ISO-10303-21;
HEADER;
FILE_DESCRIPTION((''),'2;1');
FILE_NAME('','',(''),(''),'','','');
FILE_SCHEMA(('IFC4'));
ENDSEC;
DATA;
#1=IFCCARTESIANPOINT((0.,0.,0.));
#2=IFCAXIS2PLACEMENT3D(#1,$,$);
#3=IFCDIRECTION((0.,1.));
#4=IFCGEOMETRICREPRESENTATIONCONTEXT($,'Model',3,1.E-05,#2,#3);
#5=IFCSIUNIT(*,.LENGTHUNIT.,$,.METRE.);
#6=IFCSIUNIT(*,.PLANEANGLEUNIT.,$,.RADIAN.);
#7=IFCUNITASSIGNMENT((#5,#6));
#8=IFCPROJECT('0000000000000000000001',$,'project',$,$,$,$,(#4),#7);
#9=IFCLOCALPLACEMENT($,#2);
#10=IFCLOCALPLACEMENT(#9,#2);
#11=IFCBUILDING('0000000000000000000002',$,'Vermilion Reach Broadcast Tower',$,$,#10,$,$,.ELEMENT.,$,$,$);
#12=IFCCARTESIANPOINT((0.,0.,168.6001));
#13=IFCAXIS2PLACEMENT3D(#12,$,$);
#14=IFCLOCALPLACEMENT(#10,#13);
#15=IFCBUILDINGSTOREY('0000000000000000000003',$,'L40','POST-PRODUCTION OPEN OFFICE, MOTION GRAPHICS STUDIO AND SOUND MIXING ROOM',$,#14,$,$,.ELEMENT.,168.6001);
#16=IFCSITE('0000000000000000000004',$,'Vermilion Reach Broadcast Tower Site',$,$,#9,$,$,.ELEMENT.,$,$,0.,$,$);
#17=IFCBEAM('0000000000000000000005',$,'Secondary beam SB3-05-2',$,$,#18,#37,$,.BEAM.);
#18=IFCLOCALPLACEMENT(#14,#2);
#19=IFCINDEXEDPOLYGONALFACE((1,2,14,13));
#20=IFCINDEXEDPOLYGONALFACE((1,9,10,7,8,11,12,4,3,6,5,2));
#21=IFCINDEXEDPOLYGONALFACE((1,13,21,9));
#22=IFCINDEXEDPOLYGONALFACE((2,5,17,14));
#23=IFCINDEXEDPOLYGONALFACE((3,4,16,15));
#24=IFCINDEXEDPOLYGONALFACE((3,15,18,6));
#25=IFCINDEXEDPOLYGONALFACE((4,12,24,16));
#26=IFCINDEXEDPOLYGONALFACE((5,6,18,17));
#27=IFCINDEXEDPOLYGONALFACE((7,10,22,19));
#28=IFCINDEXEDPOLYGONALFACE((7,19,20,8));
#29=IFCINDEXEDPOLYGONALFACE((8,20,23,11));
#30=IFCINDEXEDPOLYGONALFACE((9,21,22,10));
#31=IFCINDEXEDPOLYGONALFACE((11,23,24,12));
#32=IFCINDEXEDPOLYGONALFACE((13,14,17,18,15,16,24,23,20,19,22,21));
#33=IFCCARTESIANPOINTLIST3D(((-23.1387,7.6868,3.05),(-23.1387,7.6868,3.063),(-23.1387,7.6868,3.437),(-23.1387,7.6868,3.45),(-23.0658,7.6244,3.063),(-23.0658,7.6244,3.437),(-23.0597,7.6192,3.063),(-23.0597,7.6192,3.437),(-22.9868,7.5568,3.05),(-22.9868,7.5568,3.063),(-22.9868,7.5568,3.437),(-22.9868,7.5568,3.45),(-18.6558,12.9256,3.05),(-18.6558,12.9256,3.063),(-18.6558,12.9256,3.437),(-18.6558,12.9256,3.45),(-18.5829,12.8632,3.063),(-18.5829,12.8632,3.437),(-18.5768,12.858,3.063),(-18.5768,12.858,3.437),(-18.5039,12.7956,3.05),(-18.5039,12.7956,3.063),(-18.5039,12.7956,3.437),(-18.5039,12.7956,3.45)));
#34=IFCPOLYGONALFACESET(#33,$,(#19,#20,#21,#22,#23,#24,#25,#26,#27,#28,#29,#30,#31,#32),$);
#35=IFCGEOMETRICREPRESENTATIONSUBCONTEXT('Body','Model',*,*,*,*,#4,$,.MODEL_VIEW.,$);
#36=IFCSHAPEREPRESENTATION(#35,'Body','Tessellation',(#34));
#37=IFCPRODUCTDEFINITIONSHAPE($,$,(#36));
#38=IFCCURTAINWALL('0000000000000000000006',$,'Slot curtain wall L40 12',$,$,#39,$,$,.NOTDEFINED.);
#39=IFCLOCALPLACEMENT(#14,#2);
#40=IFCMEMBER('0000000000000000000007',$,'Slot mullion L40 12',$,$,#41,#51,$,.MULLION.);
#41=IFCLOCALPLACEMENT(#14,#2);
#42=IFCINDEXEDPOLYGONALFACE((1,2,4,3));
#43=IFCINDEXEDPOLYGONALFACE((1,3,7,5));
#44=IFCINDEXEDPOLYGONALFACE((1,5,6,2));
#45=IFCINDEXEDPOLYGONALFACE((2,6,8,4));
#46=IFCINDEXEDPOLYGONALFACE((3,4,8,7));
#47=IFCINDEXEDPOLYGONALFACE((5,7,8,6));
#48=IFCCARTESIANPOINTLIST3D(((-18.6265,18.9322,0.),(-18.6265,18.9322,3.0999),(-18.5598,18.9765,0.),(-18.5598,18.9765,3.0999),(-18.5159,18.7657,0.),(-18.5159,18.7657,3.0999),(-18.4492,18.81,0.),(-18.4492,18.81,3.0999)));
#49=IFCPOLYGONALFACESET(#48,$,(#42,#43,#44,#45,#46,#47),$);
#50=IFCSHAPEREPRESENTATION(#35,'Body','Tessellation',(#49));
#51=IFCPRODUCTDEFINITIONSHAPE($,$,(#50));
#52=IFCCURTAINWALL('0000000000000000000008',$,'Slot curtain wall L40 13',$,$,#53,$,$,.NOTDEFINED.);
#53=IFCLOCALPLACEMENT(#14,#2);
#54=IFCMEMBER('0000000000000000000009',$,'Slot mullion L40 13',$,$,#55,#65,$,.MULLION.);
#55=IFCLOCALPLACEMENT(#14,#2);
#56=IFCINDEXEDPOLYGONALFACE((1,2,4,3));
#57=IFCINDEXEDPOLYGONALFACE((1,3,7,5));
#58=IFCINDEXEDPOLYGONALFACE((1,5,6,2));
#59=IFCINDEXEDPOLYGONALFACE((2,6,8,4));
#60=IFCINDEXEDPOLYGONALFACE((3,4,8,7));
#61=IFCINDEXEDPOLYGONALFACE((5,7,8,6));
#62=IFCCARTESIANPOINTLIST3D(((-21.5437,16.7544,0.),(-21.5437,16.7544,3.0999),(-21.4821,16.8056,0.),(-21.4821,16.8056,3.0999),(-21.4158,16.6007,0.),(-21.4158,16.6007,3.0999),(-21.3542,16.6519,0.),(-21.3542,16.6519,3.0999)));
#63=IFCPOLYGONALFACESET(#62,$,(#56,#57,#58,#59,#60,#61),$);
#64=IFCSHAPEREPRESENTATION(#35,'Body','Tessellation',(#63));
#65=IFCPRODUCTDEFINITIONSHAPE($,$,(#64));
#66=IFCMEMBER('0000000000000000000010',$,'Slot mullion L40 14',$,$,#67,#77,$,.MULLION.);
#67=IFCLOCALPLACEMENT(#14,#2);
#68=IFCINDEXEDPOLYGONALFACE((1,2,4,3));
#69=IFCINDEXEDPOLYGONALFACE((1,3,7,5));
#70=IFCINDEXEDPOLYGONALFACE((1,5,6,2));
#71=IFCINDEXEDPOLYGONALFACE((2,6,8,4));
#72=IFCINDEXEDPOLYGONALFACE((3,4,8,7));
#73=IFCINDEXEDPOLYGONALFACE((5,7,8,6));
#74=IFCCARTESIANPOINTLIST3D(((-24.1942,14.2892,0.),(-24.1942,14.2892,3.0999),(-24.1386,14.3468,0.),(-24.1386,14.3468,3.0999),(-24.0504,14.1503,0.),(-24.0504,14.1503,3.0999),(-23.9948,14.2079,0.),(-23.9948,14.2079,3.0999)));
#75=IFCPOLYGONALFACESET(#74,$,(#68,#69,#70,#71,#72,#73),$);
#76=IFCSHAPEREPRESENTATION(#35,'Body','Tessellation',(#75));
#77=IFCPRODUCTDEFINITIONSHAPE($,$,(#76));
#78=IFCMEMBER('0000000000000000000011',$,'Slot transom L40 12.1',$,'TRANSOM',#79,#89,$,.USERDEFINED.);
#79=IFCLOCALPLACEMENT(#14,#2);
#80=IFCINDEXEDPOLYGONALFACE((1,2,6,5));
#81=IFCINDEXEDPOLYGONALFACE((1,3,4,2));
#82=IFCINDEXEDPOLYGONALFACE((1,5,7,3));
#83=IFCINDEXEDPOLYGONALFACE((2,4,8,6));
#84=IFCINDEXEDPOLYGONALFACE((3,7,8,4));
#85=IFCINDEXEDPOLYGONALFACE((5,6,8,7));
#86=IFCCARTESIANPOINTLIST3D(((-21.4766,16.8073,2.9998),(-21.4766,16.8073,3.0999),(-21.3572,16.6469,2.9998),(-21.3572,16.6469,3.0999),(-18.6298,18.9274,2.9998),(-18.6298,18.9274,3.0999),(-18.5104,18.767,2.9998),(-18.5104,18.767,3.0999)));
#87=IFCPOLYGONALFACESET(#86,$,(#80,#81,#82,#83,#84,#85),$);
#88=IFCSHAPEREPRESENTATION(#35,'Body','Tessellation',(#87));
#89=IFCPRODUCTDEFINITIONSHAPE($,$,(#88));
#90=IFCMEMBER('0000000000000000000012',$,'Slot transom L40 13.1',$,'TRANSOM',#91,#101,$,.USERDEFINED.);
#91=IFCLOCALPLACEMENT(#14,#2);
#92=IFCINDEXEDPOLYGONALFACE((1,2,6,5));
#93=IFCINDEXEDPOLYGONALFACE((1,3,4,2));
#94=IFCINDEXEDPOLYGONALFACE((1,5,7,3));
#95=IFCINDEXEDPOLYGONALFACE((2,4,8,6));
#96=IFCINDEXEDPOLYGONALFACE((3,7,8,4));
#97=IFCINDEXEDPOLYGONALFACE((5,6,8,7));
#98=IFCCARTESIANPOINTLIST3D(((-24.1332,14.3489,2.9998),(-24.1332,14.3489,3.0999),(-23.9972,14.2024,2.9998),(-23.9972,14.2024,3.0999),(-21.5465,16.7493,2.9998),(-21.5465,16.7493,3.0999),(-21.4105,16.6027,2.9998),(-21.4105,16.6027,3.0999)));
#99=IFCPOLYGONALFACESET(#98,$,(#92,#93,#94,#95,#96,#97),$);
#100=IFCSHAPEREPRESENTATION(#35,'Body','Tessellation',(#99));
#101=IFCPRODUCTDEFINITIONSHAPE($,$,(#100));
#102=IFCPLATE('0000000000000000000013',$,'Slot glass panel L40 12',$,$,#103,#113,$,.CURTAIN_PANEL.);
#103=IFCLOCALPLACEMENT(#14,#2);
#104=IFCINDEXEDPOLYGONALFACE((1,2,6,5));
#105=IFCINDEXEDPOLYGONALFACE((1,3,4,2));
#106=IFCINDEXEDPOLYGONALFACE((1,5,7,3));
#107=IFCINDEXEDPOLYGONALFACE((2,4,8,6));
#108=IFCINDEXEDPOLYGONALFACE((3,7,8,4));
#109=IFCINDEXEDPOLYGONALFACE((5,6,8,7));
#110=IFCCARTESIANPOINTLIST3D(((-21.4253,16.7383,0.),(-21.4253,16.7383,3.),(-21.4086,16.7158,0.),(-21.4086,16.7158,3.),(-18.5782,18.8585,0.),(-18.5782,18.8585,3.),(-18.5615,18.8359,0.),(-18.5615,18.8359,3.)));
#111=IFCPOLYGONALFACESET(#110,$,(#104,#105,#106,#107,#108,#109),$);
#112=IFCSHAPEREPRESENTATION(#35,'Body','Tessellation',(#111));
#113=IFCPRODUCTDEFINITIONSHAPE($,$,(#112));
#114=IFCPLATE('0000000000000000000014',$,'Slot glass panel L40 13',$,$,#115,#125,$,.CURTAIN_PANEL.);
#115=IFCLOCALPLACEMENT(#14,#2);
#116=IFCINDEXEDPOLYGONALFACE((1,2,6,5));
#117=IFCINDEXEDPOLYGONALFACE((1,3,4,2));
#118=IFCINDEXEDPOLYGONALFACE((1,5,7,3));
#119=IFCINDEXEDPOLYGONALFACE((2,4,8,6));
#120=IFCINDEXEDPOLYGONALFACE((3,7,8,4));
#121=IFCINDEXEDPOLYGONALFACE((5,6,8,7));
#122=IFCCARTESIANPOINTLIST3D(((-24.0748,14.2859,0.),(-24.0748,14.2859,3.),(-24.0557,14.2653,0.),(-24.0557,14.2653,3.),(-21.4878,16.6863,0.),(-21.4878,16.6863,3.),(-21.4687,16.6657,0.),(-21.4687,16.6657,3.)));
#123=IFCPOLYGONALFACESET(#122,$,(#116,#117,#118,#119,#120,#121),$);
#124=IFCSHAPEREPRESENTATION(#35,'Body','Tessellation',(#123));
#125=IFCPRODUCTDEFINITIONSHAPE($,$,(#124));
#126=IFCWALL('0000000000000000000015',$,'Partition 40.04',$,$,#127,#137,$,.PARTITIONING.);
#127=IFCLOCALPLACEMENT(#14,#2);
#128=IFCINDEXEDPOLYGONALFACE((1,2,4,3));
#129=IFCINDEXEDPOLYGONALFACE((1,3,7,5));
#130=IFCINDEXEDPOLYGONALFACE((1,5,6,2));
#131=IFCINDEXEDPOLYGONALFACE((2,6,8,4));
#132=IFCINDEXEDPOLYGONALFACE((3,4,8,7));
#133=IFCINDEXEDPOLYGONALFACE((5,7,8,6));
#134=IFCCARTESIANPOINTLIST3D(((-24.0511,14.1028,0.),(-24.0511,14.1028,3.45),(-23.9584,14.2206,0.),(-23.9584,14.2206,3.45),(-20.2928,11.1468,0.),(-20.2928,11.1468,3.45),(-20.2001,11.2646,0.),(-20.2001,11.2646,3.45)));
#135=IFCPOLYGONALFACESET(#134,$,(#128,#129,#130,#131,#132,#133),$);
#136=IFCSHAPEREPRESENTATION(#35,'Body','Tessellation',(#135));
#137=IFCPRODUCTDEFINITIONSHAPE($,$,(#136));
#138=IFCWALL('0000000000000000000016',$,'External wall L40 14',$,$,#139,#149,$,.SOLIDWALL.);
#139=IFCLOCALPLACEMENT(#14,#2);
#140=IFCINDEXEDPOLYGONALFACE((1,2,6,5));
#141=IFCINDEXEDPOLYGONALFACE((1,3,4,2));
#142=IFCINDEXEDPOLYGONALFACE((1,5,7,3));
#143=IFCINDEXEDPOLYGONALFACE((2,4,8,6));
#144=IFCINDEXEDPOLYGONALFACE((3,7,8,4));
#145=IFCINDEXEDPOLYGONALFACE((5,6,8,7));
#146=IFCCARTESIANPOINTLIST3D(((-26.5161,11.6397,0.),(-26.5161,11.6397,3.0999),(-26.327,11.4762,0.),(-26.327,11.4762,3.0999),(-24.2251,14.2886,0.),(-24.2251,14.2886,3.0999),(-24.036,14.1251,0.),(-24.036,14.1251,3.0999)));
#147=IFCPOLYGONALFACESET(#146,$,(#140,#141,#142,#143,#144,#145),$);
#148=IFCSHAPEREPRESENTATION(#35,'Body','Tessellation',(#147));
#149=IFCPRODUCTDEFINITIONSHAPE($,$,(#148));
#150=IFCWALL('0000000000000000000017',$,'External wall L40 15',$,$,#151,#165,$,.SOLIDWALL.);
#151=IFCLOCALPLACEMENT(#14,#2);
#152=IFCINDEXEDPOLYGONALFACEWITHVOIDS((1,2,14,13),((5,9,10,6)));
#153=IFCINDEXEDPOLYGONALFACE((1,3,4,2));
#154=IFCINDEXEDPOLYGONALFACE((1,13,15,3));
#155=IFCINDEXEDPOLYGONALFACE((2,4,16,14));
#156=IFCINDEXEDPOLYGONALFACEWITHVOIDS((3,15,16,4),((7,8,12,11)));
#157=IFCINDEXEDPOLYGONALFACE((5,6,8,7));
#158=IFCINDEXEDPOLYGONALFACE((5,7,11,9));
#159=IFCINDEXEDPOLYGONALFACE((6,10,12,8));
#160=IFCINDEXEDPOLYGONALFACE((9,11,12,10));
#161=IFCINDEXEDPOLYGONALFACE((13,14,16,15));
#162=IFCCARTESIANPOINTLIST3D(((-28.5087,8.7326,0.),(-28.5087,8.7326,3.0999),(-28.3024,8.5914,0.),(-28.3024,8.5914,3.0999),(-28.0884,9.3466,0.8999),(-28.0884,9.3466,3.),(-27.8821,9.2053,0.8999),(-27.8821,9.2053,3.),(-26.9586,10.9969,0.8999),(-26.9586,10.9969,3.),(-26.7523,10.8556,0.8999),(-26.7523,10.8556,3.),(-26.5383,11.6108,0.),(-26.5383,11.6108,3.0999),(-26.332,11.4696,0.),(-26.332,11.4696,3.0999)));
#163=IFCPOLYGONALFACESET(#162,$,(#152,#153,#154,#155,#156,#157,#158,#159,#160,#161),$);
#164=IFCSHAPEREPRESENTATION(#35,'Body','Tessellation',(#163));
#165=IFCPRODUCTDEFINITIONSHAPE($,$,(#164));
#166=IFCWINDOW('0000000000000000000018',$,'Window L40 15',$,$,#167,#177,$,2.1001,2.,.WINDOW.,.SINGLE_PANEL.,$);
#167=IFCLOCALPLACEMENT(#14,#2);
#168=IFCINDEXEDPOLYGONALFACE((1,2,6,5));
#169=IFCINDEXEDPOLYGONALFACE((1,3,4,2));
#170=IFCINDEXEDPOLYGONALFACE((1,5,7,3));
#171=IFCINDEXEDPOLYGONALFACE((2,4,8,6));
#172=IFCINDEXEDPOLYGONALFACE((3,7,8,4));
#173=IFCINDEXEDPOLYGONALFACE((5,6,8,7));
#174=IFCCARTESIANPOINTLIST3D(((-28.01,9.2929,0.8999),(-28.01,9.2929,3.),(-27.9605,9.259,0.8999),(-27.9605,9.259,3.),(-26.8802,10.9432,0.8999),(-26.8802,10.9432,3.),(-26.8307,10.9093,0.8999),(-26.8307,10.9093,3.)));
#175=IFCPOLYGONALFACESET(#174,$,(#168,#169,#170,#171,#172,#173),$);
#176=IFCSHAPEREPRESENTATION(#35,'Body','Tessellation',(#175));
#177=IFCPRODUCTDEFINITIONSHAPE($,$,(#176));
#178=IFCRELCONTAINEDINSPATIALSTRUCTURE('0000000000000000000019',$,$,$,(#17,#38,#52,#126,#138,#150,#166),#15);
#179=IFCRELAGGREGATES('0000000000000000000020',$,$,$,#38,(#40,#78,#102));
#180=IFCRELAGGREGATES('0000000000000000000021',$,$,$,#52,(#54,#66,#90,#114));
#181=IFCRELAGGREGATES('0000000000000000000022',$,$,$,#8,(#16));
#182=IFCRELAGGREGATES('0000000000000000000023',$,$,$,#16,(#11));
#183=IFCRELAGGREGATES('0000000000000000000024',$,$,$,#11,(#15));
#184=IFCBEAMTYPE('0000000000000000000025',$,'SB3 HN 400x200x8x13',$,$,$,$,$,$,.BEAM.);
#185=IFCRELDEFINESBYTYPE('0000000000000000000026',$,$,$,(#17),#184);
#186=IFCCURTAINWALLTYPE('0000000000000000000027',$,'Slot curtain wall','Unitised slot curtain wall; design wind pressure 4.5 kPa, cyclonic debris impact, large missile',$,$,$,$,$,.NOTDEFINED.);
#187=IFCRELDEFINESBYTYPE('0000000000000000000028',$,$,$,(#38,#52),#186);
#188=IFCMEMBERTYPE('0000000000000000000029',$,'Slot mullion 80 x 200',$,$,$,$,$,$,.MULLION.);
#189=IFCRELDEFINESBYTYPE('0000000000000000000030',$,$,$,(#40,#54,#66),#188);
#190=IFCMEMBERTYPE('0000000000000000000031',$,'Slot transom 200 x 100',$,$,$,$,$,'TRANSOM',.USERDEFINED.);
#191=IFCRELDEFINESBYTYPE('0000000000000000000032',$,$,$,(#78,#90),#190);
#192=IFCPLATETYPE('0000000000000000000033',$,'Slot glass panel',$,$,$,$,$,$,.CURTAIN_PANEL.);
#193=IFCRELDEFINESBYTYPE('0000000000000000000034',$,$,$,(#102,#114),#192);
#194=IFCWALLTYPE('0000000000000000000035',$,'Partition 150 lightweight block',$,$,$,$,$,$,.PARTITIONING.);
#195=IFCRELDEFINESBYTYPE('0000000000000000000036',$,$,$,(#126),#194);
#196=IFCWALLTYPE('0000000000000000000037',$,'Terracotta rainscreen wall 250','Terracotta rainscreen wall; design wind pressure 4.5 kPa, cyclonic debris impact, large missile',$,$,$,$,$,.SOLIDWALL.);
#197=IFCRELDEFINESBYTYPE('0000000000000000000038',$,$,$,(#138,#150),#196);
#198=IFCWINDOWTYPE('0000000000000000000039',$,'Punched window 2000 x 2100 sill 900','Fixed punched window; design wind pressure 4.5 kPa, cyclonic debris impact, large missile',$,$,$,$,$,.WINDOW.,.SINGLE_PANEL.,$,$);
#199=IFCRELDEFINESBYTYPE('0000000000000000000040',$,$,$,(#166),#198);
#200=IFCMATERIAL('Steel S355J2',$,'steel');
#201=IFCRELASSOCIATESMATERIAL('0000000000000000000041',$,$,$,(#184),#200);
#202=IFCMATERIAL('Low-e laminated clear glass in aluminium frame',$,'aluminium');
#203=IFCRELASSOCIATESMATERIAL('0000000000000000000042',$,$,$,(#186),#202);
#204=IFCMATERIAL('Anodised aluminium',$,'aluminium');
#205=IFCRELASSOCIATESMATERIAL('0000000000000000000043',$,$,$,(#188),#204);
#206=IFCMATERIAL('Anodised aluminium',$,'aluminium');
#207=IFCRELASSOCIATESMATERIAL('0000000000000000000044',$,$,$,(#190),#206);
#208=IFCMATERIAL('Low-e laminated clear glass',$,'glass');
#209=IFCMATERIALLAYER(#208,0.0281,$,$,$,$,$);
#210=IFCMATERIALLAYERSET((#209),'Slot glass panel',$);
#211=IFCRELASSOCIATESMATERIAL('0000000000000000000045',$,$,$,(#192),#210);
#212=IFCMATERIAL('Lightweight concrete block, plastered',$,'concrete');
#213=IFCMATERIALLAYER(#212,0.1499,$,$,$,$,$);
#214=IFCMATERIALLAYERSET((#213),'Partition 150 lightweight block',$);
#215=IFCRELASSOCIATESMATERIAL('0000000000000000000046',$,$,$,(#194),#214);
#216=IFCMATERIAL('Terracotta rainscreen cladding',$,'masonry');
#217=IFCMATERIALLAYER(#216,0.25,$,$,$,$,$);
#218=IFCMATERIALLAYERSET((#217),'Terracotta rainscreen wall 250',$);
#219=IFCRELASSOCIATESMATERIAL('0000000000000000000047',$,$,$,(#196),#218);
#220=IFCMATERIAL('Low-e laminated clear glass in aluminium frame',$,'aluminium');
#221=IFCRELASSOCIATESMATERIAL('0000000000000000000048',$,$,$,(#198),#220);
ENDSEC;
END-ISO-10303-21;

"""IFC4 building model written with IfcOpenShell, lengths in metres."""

from ifc_helpers import new_model, si_unit, direction, frame, frame_2d, origin, origin_2d, place, context, subcontext, project, spatial, rectangle, i_section, extrude, material, layer, layer_set, material_profile, profile_set, type_object, element, fill, aggregate, save


model = new_model("IFC4")

# Units and contexts
model_context = context("Model", 3, precision=1e-05, world=origin(), true_north=direction((0.0, 1.0)))
body_context = subcontext(model_context, "Body", "Model", "MODEL_VIEW")
ifc_project = project(units=[si_unit("LENGTHUNIT", "METRE"), si_unit("PLANEANGLEUNIT", "RADIAN")], contexts=[model_context])

# Site, building, storey
site_placement = place(None, origin())
site = spatial("IfcSite", under=ifc_project, at=site_placement, Name="Vermilion Reach Broadcast Tower Site", CompositionType="ELEMENT", RefElevation=0.0)
building_placement = place(site_placement, origin())
building = spatial("IfcBuilding", under=site, at=building_placement, Name="Vermilion Reach Broadcast Tower", CompositionType="ELEMENT")
storey_placement = place(building_placement, frame((0.0, 0.0, 168.6001)))
storey = spatial("IfcBuildingStorey", under=building, at=storey_placement, Name="L40", Description="POST-PRODUCTION OPEN OFFICE, MOTION GRAPHICS STUDIO AND SOUND MIXING ROOM", CompositionType="ELEMENT", Elevation=168.6001)

# Beam
ifc_material_1 = material(Name="Steel S355J2", Category="steel")
ifc_material_profile_1 = material_profile(ifc_material_1, i_section(OverallWidth=0.2, OverallDepth=0.3999, WebThickness=0.0081, FlangeThickness=0.0129, at=origin_2d()), Name="S355J2 HN 400x200x8x13")
ifc_profile_set_1 = profile_set([ifc_material_profile_1], Name="Steel S355J2")
beam_type_1 = type_object("IfcBeamType", Name="SB3 HN 400x200x8x13", PredefinedType="BEAM", material=ifc_profile_set_1)
beam_1_placement = place(storey_placement, frame((-18.5798, 12.8606, 3.25), z_axis=(-0.650167, -0.759791, 0.0), x_axis=(0.759791, -0.650167, 0.0)))
element("IfcBeam", 1, at=beam_1_placement, inside=storey, type_object=beam_type_1, Name="Secondary beam SB3-05-2", PredefinedType="BEAM", context=body_context, shape_type="SweptSolid", body=[
    extrude(i_section(OverallWidth=0.2, OverallDepth=0.3999, WebThickness=0.0081, FlangeThickness=0.0129, at=origin_2d()), origin(), (0.0, 0.0, 1.0), 6.895),
])

# Curtain wall, member
ifc_material_2 = material(Name="Low-e laminated clear glass in aluminium frame", Category="aluminium")
curtain_wall_type = type_object("IfcCurtainWallType", Name="Slot curtain wall", Description="Unitised slot curtain wall; design wind pressure 4.5 kPa, cyclonic debris impact, large missile", PredefinedType="NOTDEFINED", material=ifc_material_2)
placement = place(storey_placement, origin())
curtain_wall_1 = element("IfcCurtainWall", 2, at=placement, inside=storey, type_object=curtain_wall_type, Name="Slot curtain wall L40 12", PredefinedType="NOTDEFINED")
ifc_material_3 = material(Name="Anodised aluminium", Category="aluminium")
ifc_material_profile_2 = material_profile(ifc_material_3, rectangle(XDim=0.2, YDim=0.0801, at=origin_2d()), Name="Slot mullion 80 x 200")
ifc_profile_set_2 = profile_set([ifc_material_profile_2], Name="Anodised aluminium")
member_type_1 = type_object("IfcMemberType", Name="Slot mullion 80 x 200", PredefinedType="MULLION", material=ifc_profile_set_2)
member_1_placement = place(storey_placement, frame((-18.5378, 18.8711, 0.0), z_axis=(0.0, 0.0, 1.0), x_axis=(0.553392, -0.832921, 0.0)))
member_1 = element("IfcMember", 3, at=member_1_placement, type_object=member_type_1, Name="Slot mullion L40 12", PredefinedType="MULLION", context=body_context, shape_type="SweptSolid", body=[
    extrude(rectangle(XDim=0.2, YDim=0.0801, at=origin_2d()), origin(), (0.0, 0.0, 1.0), 3.0999),
])

# Curtain wall, members
curtain_wall_2 = element("IfcCurtainWall", 4, at=placement, inside=storey, type_object=curtain_wall_type, Name="Slot curtain wall L40 13", PredefinedType="NOTDEFINED")
member_2_placement = place(storey_placement, frame((-21.449, 16.7031, 0.0), z_axis=(0.0, 0.0, 1.0), x_axis=(0.639653, -0.768664, 0.0)))
member_2 = element("IfcMember", 5, at=member_2_placement, type_object=member_type_1, Name="Slot mullion L40 13", PredefinedType="MULLION", context=body_context, shape_type="SweptSolid", body=[
    extrude(rectangle(XDim=0.2, YDim=0.0801, at=origin_2d()), origin(), (0.0, 0.0, 1.0), 3.0999),
])
member_3_placement = place(storey_placement, frame((-24.0945, 14.2485, 0.0), z_axis=(0.0, 0.0, 1.0), x_axis=(0.719352, -0.694646, 0.0)))
member_3 = element("IfcMember", 6, at=member_3_placement, type_object=member_type_1, Name="Slot mullion L40 14", PredefinedType="MULLION", context=body_context, shape_type="SweptSolid", body=[
    extrude(rectangle(XDim=0.2, YDim=0.0801, at=origin_2d()), origin(), (0.0, 0.0, 1.0), 3.0999),
])

# Members
ifc_material_4 = material(Name="Anodised aluminium", Category="aluminium")
ifc_material_profile_3 = material_profile(ifc_material_4, rectangle(XDim=0.2, YDim=0.1001, at=origin_2d()), Name="Slot transom 200 x 100")
ifc_profile_set_3 = profile_set([ifc_material_profile_3], Name="Anodised aluminium")
member_type_2 = type_object("IfcMemberType", Name="Slot transom 200 x 100", ElementType="TRANSOM", PredefinedType="USERDEFINED", material=ifc_profile_set_3)
member_4_placement = place(storey_placement, frame((-18.5701, 18.8472, 3.0498), z_axis=(-0.802034, -0.597278, 0.0), x_axis=(0.597278, -0.802034, 0.0)))
member_4 = element("IfcMember", 7, at=member_4_placement, type_object=member_type_2, Name="Slot transom L40 12.1", ObjectType="TRANSOM", PredefinedType="USERDEFINED", context=body_context, shape_type="SweptSolid", body=[
    extrude(rectangle(XDim=0.2, YDim=0.1001, at=origin_2d()), origin(), (0.0, 0.0, 1.0), 3.5496),
])
member_5_placement = place(storey_placement, frame((-21.4785, 16.676, 3.0498), z_axis=(-0.733008, -0.68022, 0.0), x_axis=(0.68022, -0.733008, 0.0)))
member_5 = element("IfcMember", 8, at=member_5_placement, type_object=member_type_2, Name="Slot transom L40 13.1", ObjectType="TRANSOM", PredefinedType="USERDEFINED", context=body_context, shape_type="SweptSolid", body=[
    extrude(rectangle(XDim=0.2, YDim=0.1001, at=origin_2d()), origin(), (0.0, 0.0, 1.0), 3.5288),
])

# Plates
ifc_material_5 = material(Name="Low-e laminated clear glass", Category="glass")
ifc_layer_1 = layer(ifc_material_5, 0.0281)
ifc_layer_set_1 = layer_set([ifc_layer_1], Name="Slot glass panel")
plate_type = type_object("IfcPlateType", Name="Slot glass panel", PredefinedType="CURTAIN_PANEL", material=ifc_layer_set_1)
plate_1_placement = place(storey_placement, frame((-19.9934, 17.7871, 0.0), z_axis=(0.0, 0.0, 1.0), x_axis=(-0.802043, -0.597266, 0.0)))
plate_1 = element("IfcPlate", 9, at=plate_1_placement, type_object=plate_type, Name="Slot glass panel L40 12", PredefinedType="CURTAIN_PANEL", context=body_context, shape_type="SweptSolid", body=[
    extrude(rectangle(XDim=3.5498, YDim=0.0281, at=origin_2d()), origin(), (0.0, 0.0, 1.0), 3.0),
])
aggregate(curtain_wall_1, [member_1, member_4, plate_1])
plate_2_placement = place(storey_placement, frame((-22.7717, 15.4758, 0.0), z_axis=(0.0, 0.0, 1.0), x_axis=(-0.733047, -0.680178, 0.0)))
plate_2 = element("IfcPlate", 10, at=plate_2_placement, type_object=plate_type, Name="Slot glass panel L40 13", PredefinedType="CURTAIN_PANEL", context=body_context, shape_type="SweptSolid", body=[
    extrude(rectangle(XDim=3.5291, YDim=0.0281, at=origin_2d()), origin(), (0.0, 0.0, 1.0), 3.0),
])
aggregate(curtain_wall_2, [member_2, member_3, member_5, plate_2])

# Walls
ifc_material_6 = material(Name="Lightweight concrete block, plastered", Category="concrete")
ifc_layer_2 = layer(ifc_material_6, 0.1499)
ifc_layer_set_2 = layer_set([ifc_layer_2], Name="Partition 150 lightweight block")
wall_type_1 = type_object("IfcWallType", Name="Partition 150 lightweight block", PredefinedType="PARTITIONING", material=ifc_layer_set_2)
wall_1_placement = place(storey_placement, frame((-24.0046, 14.1616, 0.0), z_axis=(0.0, 0.0, 1.0), x_axis=(0.786003, -0.618223, 0.0)))
element("IfcWall", 11, at=wall_1_placement, inside=storey, type_object=wall_type_1, Name="Partition 40.04", PredefinedType="PARTITIONING", context=body_context, shape_type="SweptSolid", body=[
    extrude(rectangle(XDim=4.7815, YDim=0.1499, at=frame_2d((2.3906, 0.0))), origin(), (0.0, 0.0, 1.0), 3.45),
])
ifc_material_7 = material(Name="Terracotta rainscreen cladding", Category="masonry")
ifc_layer_3 = layer(ifc_material_7, 0.25)
ifc_layer_set_3 = layer_set([ifc_layer_3], Name="Terracotta rainscreen wall 250")
wall_type_2 = type_object("IfcWallType", Name="Terracotta rainscreen wall 250", Description="Terracotta rainscreen wall; design wind pressure 4.5 kPa, cyclonic debris impact, large missile", PredefinedType="SOLIDWALL", material=ifc_layer_set_3)
wall_2_placement = place(storey_placement, frame((-24.1306, 14.2068, 0.0), z_axis=(0.0, 0.0, 1.0), x_axis=(-0.654161, -0.756356, 0.0)))
element("IfcWall", 12, at=wall_2_placement, inside=storey, type_object=wall_type_2, Name="External wall L40 14", PredefinedType="SOLIDWALL", context=body_context, shape_type="SweptSolid", body=[
    extrude(rectangle(XDim=3.5022, YDim=0.25, at=frame_2d((1.751, 0.0))), origin(), (0.0, 0.0, 1.0), 3.0999),
])

# Wall, opening, window
wall_3_placement = place(storey_placement, frame((-26.4351, 11.5403, 0.0), z_axis=(0.0, 0.0, 1.0), x_axis=(-0.564915, -0.825149, 0.0)))
wall_3 = element("IfcWall", 13, at=wall_3_placement, inside=storey, type_object=wall_type_2, Name="External wall L40 15", PredefinedType="SOLIDWALL", context=body_context, shape_type="SweptSolid", body=[
    extrude(rectangle(XDim=3.488, YDim=0.25, at=frame_2d((1.7441, 0.0))), origin(), (0.0, 0.0, 1.0), 3.0999),
])
opening_1_placement = place(wall_3_placement, frame((0.7441, 0.0, 0.8999)))
opening_1 = element("IfcOpeningElement", 14, at=opening_1_placement, cuts=wall_3, PredefinedType="OPENING", context=body_context, shape_type="SweptSolid", body=[
    extrude(rectangle(XDim=2.0, YDim=2.1001, at=frame_2d((1.0, 1.05))), frame((0.0, 0.135, 0.0), z_axis=(0.0, -1.0, 0.0), x_axis=(1.0, 0.0, 0.0)), (0.0, 0.0, 1.0), 0.27),
])
ifc_material_8 = material(Name="Low-e laminated clear glass in aluminium frame", Category="aluminium")
window_type = type_object("IfcWindowType", Name="Punched window 2000 x 2100 sill 900", Description="Fixed punched window; design wind pressure 4.5 kPa, cyclonic debris impact, large missile", PartitioningType="SINGLE_PANEL", PredefinedType="WINDOW", material=ifc_material_8)
window_placement = place(opening_1_placement, origin())
window = element("IfcWindow", 15, at=window_placement, inside=storey, type_object=window_type, Name="Window L40 15", OverallHeight=2.1001, OverallWidth=2.0, PartitioningType="SINGLE_PANEL", PredefinedType="WINDOW", context=body_context, shape_type="SweptSolid", body=[
    extrude(rectangle(XDim=2.0, YDim=2.1001, at=frame_2d((1.0, 1.05))), frame((0.0, 0.03, 0.0), z_axis=(0.0, -1.0, 0.0), x_axis=(1.0, 0.0, 0.0)), (0.0, 0.0, 1.0), 0.0601),
])
fill(opening_1, window)

save(model, "model.ifc")
